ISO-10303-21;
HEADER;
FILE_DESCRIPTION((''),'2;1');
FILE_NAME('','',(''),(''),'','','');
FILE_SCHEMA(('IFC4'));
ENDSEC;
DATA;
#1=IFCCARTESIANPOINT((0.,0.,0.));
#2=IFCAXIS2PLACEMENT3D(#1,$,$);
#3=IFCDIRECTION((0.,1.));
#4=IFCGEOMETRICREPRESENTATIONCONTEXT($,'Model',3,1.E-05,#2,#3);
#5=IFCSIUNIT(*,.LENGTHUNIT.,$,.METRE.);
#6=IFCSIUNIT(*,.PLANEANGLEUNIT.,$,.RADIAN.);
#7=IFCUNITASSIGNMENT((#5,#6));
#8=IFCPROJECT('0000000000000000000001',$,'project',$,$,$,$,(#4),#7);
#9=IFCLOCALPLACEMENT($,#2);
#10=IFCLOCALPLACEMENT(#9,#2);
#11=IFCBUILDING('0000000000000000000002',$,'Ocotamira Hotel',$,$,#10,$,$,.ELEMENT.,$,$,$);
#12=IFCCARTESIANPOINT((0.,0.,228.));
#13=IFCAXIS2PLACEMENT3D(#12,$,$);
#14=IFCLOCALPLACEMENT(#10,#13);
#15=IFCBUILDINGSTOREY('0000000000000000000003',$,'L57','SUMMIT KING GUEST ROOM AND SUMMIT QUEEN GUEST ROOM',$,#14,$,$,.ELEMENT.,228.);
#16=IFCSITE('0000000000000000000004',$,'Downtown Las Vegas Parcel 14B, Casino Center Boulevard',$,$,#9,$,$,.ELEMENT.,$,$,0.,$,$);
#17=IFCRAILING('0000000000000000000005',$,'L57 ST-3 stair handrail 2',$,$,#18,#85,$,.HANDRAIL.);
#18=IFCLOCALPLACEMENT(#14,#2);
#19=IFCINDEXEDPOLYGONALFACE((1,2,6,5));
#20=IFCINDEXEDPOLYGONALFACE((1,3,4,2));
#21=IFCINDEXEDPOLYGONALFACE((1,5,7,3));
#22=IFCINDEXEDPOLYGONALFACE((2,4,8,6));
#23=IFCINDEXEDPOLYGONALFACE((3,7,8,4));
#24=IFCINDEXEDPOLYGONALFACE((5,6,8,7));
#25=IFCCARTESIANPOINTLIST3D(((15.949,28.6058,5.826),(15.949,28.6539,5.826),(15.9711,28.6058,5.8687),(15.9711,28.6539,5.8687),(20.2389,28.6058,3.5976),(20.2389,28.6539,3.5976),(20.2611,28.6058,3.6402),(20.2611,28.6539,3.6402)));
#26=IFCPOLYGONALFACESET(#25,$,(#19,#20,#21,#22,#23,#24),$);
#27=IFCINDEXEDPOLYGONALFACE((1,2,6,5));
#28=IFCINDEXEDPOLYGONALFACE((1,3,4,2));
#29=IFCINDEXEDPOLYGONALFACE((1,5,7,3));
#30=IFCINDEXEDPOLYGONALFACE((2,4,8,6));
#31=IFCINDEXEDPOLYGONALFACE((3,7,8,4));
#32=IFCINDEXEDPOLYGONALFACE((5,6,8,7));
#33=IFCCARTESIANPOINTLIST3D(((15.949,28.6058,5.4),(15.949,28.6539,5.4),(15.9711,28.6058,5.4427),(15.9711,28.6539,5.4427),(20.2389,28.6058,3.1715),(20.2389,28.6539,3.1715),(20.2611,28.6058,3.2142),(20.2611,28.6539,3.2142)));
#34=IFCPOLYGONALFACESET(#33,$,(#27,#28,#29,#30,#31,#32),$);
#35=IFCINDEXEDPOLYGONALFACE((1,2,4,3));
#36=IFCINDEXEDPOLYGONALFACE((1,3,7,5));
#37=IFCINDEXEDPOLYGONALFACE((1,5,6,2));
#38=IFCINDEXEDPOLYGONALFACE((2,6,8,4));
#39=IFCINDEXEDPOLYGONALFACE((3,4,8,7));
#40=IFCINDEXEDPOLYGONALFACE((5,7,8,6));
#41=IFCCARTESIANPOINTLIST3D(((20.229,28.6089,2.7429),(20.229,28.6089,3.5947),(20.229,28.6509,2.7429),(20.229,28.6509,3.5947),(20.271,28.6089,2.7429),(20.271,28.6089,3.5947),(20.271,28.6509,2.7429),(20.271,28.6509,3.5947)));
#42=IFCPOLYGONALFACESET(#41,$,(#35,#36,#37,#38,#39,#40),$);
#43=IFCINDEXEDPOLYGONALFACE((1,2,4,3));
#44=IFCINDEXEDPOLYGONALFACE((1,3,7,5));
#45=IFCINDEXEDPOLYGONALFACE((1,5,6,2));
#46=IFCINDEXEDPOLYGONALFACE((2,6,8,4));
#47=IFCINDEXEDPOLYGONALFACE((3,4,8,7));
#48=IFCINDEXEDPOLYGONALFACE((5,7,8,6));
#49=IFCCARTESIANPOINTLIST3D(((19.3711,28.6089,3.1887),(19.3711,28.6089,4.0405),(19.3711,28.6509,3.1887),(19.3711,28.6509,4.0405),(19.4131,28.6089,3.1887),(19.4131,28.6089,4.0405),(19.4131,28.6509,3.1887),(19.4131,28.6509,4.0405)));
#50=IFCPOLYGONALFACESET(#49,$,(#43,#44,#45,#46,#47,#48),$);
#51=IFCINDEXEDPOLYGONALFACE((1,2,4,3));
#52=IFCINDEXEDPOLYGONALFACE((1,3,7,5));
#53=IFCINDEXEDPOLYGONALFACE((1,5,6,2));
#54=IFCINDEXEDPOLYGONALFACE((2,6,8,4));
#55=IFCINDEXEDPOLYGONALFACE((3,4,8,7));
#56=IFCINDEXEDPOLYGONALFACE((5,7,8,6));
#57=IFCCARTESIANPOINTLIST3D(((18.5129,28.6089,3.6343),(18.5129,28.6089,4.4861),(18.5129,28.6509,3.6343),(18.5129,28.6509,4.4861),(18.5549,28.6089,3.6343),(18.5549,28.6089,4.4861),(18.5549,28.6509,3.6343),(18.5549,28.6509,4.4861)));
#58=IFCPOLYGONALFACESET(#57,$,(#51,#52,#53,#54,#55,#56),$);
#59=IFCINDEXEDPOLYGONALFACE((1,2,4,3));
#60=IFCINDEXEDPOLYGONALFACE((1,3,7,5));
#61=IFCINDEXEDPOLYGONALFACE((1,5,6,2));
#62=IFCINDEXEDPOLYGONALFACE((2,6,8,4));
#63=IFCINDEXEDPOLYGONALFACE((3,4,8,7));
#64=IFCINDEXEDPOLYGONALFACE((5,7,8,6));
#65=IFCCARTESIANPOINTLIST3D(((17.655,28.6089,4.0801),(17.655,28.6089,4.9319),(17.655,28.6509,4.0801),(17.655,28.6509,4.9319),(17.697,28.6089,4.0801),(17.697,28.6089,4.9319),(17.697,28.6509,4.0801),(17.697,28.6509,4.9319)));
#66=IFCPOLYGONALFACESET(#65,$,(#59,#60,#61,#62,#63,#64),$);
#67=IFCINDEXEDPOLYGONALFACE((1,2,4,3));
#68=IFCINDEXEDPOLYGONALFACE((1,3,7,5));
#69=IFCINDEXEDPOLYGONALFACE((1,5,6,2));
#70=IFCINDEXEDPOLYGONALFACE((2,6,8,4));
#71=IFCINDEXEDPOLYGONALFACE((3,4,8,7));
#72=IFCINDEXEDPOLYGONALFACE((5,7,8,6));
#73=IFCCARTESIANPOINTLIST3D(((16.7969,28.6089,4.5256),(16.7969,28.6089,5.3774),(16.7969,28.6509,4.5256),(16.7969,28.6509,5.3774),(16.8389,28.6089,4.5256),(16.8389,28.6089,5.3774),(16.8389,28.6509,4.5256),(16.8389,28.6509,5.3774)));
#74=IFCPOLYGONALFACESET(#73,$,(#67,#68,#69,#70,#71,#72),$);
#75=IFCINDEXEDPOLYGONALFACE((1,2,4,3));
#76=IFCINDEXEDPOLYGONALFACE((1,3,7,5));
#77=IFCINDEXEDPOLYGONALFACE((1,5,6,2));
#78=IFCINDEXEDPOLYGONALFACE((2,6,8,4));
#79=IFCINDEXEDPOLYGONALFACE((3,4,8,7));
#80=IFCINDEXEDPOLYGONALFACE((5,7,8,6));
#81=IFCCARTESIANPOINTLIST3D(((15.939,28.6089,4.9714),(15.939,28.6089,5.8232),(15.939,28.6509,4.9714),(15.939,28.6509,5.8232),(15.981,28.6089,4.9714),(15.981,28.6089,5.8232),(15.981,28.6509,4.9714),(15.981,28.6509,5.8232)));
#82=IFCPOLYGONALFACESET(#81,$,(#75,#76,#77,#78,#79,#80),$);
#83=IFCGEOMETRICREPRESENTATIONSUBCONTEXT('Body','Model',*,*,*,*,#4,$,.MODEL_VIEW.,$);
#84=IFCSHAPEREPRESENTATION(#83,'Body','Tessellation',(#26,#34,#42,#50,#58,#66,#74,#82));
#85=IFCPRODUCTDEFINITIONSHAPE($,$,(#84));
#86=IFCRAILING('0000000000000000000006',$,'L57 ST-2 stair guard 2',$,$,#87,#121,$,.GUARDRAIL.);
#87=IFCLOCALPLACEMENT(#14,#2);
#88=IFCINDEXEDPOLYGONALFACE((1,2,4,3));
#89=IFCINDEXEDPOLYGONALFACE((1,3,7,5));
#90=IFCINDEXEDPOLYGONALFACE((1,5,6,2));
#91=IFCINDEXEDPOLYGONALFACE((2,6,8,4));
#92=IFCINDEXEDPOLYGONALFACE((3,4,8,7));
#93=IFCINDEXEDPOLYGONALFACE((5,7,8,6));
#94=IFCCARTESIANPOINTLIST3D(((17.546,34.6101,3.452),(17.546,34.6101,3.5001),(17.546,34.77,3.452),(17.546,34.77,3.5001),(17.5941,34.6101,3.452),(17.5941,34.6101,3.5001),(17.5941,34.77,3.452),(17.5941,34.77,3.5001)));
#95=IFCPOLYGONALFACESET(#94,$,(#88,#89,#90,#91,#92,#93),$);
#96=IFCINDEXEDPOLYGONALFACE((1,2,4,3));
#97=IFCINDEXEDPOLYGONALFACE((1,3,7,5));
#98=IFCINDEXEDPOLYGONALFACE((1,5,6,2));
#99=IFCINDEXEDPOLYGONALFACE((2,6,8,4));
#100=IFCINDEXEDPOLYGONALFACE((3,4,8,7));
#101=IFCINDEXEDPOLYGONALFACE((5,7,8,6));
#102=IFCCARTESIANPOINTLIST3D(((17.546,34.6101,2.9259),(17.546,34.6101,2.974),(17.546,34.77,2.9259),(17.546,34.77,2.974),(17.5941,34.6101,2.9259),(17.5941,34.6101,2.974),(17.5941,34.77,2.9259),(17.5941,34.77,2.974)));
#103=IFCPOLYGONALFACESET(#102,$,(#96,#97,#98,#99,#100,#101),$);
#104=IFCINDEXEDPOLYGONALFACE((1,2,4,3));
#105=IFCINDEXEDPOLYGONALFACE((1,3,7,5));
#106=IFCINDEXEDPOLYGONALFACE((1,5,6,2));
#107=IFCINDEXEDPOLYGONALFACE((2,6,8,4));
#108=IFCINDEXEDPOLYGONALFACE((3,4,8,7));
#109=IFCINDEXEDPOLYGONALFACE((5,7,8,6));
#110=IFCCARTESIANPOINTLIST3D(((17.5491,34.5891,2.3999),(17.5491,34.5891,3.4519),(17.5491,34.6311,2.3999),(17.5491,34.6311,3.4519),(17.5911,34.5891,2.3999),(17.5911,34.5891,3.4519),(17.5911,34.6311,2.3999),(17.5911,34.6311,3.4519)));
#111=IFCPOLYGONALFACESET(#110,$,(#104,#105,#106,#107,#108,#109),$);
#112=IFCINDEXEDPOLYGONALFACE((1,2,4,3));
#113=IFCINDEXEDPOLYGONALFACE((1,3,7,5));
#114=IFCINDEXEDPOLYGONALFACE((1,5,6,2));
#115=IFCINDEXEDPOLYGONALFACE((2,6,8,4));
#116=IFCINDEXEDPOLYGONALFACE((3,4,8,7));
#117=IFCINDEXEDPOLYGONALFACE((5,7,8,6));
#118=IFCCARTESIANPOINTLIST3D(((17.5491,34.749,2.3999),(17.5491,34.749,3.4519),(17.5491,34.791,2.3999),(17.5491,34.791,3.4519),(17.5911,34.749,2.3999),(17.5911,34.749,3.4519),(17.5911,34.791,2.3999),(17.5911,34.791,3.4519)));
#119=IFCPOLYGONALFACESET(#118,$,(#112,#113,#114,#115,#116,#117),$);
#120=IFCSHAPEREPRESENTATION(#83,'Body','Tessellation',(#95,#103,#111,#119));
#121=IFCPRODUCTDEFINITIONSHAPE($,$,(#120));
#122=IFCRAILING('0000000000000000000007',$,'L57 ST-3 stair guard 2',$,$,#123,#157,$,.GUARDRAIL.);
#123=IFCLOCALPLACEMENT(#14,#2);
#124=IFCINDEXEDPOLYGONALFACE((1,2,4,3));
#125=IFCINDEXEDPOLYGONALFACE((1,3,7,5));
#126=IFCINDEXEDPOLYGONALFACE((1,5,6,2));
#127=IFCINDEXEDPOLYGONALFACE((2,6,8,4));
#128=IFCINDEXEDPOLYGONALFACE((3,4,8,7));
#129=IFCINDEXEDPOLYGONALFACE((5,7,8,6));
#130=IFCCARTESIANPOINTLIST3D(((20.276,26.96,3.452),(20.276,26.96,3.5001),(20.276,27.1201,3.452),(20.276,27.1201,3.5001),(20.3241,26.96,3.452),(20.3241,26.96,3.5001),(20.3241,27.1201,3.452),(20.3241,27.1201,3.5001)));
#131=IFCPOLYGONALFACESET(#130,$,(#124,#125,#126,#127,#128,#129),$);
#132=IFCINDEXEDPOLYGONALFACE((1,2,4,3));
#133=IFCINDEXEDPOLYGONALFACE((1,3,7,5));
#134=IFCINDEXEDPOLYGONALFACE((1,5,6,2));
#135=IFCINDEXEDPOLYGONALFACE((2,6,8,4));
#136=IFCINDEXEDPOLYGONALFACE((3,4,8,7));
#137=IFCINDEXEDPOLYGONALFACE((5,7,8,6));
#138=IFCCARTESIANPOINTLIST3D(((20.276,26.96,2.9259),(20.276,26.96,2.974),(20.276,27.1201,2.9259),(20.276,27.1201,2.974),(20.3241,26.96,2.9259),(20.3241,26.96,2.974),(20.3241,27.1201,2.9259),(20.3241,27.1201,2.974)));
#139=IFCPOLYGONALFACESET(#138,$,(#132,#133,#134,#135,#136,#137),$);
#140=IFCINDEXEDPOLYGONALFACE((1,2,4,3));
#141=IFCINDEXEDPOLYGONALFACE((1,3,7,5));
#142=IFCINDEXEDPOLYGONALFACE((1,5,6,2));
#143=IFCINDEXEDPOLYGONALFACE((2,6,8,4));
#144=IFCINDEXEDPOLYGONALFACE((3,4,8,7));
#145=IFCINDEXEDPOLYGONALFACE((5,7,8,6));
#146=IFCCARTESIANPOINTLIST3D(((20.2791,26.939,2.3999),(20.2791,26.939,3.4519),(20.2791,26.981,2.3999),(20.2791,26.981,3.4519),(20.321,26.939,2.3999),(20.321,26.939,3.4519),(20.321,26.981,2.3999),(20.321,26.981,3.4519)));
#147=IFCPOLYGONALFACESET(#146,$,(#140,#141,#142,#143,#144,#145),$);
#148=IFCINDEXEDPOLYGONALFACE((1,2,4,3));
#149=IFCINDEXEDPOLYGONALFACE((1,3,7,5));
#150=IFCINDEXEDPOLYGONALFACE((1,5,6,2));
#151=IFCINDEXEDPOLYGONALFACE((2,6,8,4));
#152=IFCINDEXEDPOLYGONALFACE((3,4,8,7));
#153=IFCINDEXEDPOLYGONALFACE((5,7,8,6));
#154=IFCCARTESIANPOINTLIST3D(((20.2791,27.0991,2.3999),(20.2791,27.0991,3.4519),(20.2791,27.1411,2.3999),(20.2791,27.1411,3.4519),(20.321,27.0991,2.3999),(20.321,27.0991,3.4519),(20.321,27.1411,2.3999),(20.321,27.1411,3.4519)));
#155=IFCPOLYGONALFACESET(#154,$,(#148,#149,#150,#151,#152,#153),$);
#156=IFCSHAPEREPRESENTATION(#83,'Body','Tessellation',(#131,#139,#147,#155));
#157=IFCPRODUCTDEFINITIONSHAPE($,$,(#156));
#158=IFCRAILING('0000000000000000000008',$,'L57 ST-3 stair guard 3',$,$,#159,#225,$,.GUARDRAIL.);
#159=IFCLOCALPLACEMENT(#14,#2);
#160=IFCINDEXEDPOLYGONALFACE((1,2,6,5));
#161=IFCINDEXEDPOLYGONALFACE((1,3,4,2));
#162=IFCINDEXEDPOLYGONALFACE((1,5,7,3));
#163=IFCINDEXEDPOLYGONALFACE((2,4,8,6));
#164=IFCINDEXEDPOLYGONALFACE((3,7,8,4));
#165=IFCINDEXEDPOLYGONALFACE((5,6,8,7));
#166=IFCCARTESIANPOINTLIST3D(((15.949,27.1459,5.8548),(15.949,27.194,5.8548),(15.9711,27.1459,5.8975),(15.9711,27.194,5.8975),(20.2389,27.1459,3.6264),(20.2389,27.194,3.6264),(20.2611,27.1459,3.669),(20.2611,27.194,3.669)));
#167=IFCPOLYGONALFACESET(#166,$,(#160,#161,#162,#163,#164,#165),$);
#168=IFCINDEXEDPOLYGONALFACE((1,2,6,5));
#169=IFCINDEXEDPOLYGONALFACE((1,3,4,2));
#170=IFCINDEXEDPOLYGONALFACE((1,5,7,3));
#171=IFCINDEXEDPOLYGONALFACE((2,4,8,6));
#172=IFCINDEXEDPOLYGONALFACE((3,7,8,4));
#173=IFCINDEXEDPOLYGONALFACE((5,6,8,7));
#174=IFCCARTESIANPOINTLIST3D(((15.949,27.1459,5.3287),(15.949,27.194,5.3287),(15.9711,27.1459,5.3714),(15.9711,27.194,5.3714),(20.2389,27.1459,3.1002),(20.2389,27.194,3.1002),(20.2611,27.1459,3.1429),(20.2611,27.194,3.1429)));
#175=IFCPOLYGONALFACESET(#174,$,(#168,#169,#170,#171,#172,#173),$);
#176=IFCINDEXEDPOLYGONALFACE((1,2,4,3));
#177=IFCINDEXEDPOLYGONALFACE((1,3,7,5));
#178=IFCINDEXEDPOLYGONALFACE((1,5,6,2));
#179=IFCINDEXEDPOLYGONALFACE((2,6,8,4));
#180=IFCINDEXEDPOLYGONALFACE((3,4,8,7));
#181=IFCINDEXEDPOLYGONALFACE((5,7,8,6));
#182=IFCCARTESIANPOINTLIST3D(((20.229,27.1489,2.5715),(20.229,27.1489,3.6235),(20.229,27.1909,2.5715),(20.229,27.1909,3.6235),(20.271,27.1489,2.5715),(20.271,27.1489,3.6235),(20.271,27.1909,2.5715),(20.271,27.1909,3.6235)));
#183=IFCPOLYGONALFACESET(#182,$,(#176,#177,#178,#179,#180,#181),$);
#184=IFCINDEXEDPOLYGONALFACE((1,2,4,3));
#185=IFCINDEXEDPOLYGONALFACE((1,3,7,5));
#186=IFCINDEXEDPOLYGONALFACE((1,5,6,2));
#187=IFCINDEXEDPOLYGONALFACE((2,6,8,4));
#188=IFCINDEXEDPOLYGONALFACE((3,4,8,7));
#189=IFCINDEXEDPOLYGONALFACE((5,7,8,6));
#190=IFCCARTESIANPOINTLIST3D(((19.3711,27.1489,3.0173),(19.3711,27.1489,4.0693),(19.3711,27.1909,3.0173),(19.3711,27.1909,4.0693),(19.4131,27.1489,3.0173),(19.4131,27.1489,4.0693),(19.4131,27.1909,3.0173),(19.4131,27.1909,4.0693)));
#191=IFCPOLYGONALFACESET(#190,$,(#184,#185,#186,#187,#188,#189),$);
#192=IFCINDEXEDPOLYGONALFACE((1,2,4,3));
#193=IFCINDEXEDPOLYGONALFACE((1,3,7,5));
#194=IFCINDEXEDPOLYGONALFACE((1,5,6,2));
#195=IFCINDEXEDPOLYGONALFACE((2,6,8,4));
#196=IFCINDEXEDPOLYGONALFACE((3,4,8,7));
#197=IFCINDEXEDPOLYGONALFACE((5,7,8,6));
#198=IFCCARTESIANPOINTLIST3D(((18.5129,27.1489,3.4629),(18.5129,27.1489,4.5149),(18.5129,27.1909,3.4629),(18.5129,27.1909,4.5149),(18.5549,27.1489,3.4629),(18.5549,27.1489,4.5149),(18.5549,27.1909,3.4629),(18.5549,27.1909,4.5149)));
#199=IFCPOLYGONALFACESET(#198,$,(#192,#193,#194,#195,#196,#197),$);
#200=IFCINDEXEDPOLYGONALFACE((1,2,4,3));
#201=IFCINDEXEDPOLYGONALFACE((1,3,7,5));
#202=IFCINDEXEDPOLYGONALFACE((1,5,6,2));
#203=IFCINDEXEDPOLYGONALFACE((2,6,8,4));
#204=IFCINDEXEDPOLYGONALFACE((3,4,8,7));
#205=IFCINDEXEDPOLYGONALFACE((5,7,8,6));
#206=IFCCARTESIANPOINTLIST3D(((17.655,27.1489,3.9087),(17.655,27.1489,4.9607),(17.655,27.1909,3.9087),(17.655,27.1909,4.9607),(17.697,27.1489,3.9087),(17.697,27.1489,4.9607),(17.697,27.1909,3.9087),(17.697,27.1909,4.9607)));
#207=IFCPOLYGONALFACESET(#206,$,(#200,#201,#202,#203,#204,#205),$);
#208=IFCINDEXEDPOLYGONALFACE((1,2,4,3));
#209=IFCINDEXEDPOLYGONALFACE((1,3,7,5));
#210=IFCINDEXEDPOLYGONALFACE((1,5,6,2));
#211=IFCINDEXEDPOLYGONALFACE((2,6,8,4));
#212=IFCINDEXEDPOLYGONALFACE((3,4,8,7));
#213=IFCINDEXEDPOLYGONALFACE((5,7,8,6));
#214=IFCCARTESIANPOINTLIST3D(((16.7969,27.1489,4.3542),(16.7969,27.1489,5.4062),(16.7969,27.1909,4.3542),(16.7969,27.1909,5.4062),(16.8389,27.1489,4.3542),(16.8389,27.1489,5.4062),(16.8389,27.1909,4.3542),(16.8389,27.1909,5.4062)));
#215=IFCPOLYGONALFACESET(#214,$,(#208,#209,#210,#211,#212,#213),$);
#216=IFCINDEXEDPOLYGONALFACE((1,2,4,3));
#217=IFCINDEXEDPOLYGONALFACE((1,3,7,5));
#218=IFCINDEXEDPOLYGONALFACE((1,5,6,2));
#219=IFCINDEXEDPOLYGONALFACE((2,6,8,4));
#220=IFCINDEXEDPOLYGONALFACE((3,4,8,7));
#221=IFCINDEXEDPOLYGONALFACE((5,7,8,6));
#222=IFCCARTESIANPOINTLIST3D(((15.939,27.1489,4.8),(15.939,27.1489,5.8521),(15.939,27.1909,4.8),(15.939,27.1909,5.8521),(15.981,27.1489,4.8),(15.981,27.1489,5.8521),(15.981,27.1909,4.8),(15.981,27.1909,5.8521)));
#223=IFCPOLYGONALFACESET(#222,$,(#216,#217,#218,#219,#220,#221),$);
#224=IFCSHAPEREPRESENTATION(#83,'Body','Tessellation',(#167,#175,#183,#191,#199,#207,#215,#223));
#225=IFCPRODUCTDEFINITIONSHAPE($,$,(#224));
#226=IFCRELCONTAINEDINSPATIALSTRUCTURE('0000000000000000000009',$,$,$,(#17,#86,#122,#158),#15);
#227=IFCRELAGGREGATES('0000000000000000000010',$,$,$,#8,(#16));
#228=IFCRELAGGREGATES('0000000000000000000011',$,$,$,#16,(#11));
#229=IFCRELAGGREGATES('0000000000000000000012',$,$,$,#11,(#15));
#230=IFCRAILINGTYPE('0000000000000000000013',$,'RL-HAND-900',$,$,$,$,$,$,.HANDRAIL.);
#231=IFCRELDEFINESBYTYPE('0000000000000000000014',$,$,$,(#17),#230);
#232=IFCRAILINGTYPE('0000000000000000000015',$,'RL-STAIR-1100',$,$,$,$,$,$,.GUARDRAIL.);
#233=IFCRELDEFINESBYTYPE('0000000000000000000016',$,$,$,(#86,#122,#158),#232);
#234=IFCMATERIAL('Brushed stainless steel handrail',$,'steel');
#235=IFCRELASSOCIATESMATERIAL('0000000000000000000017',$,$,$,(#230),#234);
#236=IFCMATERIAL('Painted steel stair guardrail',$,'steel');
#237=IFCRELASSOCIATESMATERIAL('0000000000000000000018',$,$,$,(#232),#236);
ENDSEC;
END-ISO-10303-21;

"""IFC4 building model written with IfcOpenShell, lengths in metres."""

from ifc_helpers import new_model, si_unit, direction, frame, origin, origin_2d, place, context, subcontext, project, spatial, rectangle, extrude, material, type_object, element, save


model = new_model("IFC4")

# Units and contexts
model_context = context("Model", 3, precision=1e-05, world=origin(), true_north=direction((0.0, 1.0)))
body_context = subcontext(model_context, "Body", "Model", "MODEL_VIEW")
ifc_project = project(units=[si_unit("LENGTHUNIT", "METRE"), si_unit("PLANEANGLEUNIT", "RADIAN")], contexts=[model_context])

# Site, building, storey
site_placement = place(None, origin())
site = spatial("IfcSite", under=ifc_project, at=site_placement, Name="Downtown Las Vegas Parcel 14B, Casino Center Boulevard", CompositionType="ELEMENT", RefElevation=0.0)
building_placement = place(site_placement, origin())
building = spatial("IfcBuilding", under=site, at=building_placement, Name="Ocotamira Hotel", CompositionType="ELEMENT")
storey_placement = place(building_placement, frame((0.0, 0.0, 228.0)))
storey = spatial("IfcBuildingStorey", under=building, at=storey_placement, Name="L57", Description="SUMMIT KING GUEST ROOM AND SUMMIT QUEEN GUEST ROOM", CompositionType="ELEMENT", Elevation=228.0)

# Railings
ifc_material_1 = material(Name="Brushed stainless steel handrail", Category="steel")
railing_type_1 = type_object("IfcRailingType", Name="RL-HAND-900", PredefinedType="HANDRAIL", material=ifc_material_1)
for number, where, name in (
    (1, (20.25, 28.6299, 2.7429), "L57 ST-3 stair handrail 2"),
):
    element("IfcRailing", number, at=place(storey_placement, frame(where)), inside=storey, type_object=railing_type_1, Name=name, PredefinedType="HANDRAIL", context=body_context, shape_type="SweptSolid", body=[
        extrude(rectangle(XDim=0.0481, YDim=0.0481, at=origin_2d()), frame((0.0, 0.0, 0.876), z_axis=(-0.887412, 0.0, 0.460977), x_axis=(0.0, -1.0, 0.0)), (0.0, 0.0, 1.0), 4.8342),
        extrude(rectangle(XDim=0.0481, YDim=0.0481, at=origin_2d()), frame((0.0, 0.0, 0.45), z_axis=(-0.887412, 0.0, 0.460977), x_axis=(0.0, -1.0, 0.0)), (0.0, 0.0, 1.0), 4.8342),
        extrude(rectangle(XDim=0.042, YDim=0.042, at=origin_2d()), origin(), (0.0, 0.0, 1.0), 0.8518),
        extrude(rectangle(XDim=0.042, YDim=0.042, at=origin_2d()), frame((-0.8579, 0.0, 0.4458)), (0.0, 0.0, 1.0), 0.8518),
        extrude(rectangle(XDim=0.042, YDim=0.042, at=origin_2d()), frame((-1.7161, 0.0, 0.8914)), (0.0, 0.0, 1.0), 0.8518),
        extrude(rectangle(XDim=0.042, YDim=0.042, at=origin_2d()), frame((-2.574, 0.0, 1.3372)), (0.0, 0.0, 1.0), 0.8518),
        extrude(rectangle(XDim=0.042, YDim=0.042, at=origin_2d()), frame((-3.4321, 0.0, 1.7827)), (0.0, 0.0, 1.0), 0.8518),
        extrude(rectangle(XDim=0.042, YDim=0.042, at=origin_2d()), frame((-4.29, 0.0, 2.2285)), (0.0, 0.0, 1.0), 0.8518),
    ])
ifc_material_2 = material(Name="Painted steel stair guardrail", Category="steel")
railing_type_2 = type_object("IfcRailingType", Name="RL-STAIR-1100", PredefinedType="GUARDRAIL", material=ifc_material_2)
railing_1_placement = place(storey_placement, frame((17.5701, 34.6101, 2.3999)))
element("IfcRailing", 2, at=railing_1_placement, inside=storey, type_object=railing_type_2, Name="L57 ST-2 stair guard 2", PredefinedType="GUARDRAIL", context=body_context, shape_type="SweptSolid", body=[
    extrude(rectangle(XDim=0.0481, YDim=0.0481, at=origin_2d()), frame((0.0, 0.0, 1.0762), z_axis=(0.0, 1.0, 0.0), x_axis=(-1.0, 0.0, 0.0)), (0.0, 0.0, 1.0), 0.1599),
    extrude(rectangle(XDim=0.0481, YDim=0.0481, at=origin_2d()), frame((0.0, 0.0, 0.55), z_axis=(0.0, 1.0, 0.0), x_axis=(-1.0, 0.0, 0.0)), (0.0, 0.0, 1.0), 0.1599),
    extrude(rectangle(XDim=0.042, YDim=0.042, at=origin_2d()), origin(), (0.0, 0.0, 1.0), 1.052),
    extrude(rectangle(XDim=0.042, YDim=0.042, at=origin_2d()), frame((0.0, 0.1599, 0.0)), (0.0, 0.0, 1.0), 1.052),
])
railing_2_placement = place(storey_placement, frame((20.3, 26.96, 2.3999)))
element("IfcRailing", 3, at=railing_2_placement, inside=storey, type_object=railing_type_2, Name="L57 ST-3 stair guard 2", PredefinedType="GUARDRAIL", context=body_context, shape_type="SweptSolid", body=[
    extrude(rectangle(XDim=0.0481, YDim=0.0481, at=origin_2d()), frame((0.0, 0.0, 1.0762), z_axis=(0.0, 1.0, 0.0), x_axis=(-1.0, 0.0, 0.0)), (0.0, 0.0, 1.0), 0.1602),
    extrude(rectangle(XDim=0.0481, YDim=0.0481, at=origin_2d()), frame((0.0, 0.0, 0.55), z_axis=(0.0, 1.0, 0.0), x_axis=(-1.0, 0.0, 0.0)), (0.0, 0.0, 1.0), 0.1602),
    extrude(rectangle(XDim=0.042, YDim=0.042, at=origin_2d()), origin(), (0.0, 0.0, 1.0), 1.052),
    extrude(rectangle(XDim=0.042, YDim=0.042, at=origin_2d()), frame((0.0, 0.1602, 0.0)), (0.0, 0.0, 1.0), 1.052),
])
railing_3_placement = place(storey_placement, frame((20.25, 27.1699, 2.5715)))
element("IfcRailing", 4, at=railing_3_placement, inside=storey, type_object=railing_type_2, Name="L57 ST-3 stair guard 3", PredefinedType="GUARDRAIL", context=body_context, shape_type="SweptSolid", body=[
    extrude(rectangle(XDim=0.0481, YDim=0.0481, at=origin_2d()), frame((0.0, 0.0, 1.0762), z_axis=(-0.887412, 0.0, 0.460977), x_axis=(0.0, -1.0, 0.0)), (0.0, 0.0, 1.0), 4.8342),
    extrude(rectangle(XDim=0.0481, YDim=0.0481, at=origin_2d()), frame((0.0, 0.0, 0.55), z_axis=(-0.887412, 0.0, 0.460977), x_axis=(0.0, -1.0, 0.0)), (0.0, 0.0, 1.0), 4.8342),
    extrude(rectangle(XDim=0.042, YDim=0.042, at=origin_2d()), origin(), (0.0, 0.0, 1.0), 1.052),
    extrude(rectangle(XDim=0.042, YDim=0.042, at=origin_2d()), frame((-0.8579, 0.0, 0.4458)), (0.0, 0.0, 1.0), 1.052),
    extrude(rectangle(XDim=0.042, YDim=0.042, at=origin_2d()), frame((-1.7161, 0.0, 0.8914)), (0.0, 0.0, 1.0), 1.052),
    extrude(rectangle(XDim=0.042, YDim=0.042, at=origin_2d()), frame((-2.574, 0.0, 1.3372)), (0.0, 0.0, 1.0), 1.052),
    extrude(rectangle(XDim=0.042, YDim=0.042, at=origin_2d()), frame((-3.4321, 0.0, 1.7827)), (0.0, 0.0, 1.0), 1.052),
    extrude(rectangle(XDim=0.042, YDim=0.042, at=origin_2d()), frame((-4.29, 0.0, 2.2285)), (0.0, 0.0, 1.0), 1.052),
])

save(model, "model.ifc")
